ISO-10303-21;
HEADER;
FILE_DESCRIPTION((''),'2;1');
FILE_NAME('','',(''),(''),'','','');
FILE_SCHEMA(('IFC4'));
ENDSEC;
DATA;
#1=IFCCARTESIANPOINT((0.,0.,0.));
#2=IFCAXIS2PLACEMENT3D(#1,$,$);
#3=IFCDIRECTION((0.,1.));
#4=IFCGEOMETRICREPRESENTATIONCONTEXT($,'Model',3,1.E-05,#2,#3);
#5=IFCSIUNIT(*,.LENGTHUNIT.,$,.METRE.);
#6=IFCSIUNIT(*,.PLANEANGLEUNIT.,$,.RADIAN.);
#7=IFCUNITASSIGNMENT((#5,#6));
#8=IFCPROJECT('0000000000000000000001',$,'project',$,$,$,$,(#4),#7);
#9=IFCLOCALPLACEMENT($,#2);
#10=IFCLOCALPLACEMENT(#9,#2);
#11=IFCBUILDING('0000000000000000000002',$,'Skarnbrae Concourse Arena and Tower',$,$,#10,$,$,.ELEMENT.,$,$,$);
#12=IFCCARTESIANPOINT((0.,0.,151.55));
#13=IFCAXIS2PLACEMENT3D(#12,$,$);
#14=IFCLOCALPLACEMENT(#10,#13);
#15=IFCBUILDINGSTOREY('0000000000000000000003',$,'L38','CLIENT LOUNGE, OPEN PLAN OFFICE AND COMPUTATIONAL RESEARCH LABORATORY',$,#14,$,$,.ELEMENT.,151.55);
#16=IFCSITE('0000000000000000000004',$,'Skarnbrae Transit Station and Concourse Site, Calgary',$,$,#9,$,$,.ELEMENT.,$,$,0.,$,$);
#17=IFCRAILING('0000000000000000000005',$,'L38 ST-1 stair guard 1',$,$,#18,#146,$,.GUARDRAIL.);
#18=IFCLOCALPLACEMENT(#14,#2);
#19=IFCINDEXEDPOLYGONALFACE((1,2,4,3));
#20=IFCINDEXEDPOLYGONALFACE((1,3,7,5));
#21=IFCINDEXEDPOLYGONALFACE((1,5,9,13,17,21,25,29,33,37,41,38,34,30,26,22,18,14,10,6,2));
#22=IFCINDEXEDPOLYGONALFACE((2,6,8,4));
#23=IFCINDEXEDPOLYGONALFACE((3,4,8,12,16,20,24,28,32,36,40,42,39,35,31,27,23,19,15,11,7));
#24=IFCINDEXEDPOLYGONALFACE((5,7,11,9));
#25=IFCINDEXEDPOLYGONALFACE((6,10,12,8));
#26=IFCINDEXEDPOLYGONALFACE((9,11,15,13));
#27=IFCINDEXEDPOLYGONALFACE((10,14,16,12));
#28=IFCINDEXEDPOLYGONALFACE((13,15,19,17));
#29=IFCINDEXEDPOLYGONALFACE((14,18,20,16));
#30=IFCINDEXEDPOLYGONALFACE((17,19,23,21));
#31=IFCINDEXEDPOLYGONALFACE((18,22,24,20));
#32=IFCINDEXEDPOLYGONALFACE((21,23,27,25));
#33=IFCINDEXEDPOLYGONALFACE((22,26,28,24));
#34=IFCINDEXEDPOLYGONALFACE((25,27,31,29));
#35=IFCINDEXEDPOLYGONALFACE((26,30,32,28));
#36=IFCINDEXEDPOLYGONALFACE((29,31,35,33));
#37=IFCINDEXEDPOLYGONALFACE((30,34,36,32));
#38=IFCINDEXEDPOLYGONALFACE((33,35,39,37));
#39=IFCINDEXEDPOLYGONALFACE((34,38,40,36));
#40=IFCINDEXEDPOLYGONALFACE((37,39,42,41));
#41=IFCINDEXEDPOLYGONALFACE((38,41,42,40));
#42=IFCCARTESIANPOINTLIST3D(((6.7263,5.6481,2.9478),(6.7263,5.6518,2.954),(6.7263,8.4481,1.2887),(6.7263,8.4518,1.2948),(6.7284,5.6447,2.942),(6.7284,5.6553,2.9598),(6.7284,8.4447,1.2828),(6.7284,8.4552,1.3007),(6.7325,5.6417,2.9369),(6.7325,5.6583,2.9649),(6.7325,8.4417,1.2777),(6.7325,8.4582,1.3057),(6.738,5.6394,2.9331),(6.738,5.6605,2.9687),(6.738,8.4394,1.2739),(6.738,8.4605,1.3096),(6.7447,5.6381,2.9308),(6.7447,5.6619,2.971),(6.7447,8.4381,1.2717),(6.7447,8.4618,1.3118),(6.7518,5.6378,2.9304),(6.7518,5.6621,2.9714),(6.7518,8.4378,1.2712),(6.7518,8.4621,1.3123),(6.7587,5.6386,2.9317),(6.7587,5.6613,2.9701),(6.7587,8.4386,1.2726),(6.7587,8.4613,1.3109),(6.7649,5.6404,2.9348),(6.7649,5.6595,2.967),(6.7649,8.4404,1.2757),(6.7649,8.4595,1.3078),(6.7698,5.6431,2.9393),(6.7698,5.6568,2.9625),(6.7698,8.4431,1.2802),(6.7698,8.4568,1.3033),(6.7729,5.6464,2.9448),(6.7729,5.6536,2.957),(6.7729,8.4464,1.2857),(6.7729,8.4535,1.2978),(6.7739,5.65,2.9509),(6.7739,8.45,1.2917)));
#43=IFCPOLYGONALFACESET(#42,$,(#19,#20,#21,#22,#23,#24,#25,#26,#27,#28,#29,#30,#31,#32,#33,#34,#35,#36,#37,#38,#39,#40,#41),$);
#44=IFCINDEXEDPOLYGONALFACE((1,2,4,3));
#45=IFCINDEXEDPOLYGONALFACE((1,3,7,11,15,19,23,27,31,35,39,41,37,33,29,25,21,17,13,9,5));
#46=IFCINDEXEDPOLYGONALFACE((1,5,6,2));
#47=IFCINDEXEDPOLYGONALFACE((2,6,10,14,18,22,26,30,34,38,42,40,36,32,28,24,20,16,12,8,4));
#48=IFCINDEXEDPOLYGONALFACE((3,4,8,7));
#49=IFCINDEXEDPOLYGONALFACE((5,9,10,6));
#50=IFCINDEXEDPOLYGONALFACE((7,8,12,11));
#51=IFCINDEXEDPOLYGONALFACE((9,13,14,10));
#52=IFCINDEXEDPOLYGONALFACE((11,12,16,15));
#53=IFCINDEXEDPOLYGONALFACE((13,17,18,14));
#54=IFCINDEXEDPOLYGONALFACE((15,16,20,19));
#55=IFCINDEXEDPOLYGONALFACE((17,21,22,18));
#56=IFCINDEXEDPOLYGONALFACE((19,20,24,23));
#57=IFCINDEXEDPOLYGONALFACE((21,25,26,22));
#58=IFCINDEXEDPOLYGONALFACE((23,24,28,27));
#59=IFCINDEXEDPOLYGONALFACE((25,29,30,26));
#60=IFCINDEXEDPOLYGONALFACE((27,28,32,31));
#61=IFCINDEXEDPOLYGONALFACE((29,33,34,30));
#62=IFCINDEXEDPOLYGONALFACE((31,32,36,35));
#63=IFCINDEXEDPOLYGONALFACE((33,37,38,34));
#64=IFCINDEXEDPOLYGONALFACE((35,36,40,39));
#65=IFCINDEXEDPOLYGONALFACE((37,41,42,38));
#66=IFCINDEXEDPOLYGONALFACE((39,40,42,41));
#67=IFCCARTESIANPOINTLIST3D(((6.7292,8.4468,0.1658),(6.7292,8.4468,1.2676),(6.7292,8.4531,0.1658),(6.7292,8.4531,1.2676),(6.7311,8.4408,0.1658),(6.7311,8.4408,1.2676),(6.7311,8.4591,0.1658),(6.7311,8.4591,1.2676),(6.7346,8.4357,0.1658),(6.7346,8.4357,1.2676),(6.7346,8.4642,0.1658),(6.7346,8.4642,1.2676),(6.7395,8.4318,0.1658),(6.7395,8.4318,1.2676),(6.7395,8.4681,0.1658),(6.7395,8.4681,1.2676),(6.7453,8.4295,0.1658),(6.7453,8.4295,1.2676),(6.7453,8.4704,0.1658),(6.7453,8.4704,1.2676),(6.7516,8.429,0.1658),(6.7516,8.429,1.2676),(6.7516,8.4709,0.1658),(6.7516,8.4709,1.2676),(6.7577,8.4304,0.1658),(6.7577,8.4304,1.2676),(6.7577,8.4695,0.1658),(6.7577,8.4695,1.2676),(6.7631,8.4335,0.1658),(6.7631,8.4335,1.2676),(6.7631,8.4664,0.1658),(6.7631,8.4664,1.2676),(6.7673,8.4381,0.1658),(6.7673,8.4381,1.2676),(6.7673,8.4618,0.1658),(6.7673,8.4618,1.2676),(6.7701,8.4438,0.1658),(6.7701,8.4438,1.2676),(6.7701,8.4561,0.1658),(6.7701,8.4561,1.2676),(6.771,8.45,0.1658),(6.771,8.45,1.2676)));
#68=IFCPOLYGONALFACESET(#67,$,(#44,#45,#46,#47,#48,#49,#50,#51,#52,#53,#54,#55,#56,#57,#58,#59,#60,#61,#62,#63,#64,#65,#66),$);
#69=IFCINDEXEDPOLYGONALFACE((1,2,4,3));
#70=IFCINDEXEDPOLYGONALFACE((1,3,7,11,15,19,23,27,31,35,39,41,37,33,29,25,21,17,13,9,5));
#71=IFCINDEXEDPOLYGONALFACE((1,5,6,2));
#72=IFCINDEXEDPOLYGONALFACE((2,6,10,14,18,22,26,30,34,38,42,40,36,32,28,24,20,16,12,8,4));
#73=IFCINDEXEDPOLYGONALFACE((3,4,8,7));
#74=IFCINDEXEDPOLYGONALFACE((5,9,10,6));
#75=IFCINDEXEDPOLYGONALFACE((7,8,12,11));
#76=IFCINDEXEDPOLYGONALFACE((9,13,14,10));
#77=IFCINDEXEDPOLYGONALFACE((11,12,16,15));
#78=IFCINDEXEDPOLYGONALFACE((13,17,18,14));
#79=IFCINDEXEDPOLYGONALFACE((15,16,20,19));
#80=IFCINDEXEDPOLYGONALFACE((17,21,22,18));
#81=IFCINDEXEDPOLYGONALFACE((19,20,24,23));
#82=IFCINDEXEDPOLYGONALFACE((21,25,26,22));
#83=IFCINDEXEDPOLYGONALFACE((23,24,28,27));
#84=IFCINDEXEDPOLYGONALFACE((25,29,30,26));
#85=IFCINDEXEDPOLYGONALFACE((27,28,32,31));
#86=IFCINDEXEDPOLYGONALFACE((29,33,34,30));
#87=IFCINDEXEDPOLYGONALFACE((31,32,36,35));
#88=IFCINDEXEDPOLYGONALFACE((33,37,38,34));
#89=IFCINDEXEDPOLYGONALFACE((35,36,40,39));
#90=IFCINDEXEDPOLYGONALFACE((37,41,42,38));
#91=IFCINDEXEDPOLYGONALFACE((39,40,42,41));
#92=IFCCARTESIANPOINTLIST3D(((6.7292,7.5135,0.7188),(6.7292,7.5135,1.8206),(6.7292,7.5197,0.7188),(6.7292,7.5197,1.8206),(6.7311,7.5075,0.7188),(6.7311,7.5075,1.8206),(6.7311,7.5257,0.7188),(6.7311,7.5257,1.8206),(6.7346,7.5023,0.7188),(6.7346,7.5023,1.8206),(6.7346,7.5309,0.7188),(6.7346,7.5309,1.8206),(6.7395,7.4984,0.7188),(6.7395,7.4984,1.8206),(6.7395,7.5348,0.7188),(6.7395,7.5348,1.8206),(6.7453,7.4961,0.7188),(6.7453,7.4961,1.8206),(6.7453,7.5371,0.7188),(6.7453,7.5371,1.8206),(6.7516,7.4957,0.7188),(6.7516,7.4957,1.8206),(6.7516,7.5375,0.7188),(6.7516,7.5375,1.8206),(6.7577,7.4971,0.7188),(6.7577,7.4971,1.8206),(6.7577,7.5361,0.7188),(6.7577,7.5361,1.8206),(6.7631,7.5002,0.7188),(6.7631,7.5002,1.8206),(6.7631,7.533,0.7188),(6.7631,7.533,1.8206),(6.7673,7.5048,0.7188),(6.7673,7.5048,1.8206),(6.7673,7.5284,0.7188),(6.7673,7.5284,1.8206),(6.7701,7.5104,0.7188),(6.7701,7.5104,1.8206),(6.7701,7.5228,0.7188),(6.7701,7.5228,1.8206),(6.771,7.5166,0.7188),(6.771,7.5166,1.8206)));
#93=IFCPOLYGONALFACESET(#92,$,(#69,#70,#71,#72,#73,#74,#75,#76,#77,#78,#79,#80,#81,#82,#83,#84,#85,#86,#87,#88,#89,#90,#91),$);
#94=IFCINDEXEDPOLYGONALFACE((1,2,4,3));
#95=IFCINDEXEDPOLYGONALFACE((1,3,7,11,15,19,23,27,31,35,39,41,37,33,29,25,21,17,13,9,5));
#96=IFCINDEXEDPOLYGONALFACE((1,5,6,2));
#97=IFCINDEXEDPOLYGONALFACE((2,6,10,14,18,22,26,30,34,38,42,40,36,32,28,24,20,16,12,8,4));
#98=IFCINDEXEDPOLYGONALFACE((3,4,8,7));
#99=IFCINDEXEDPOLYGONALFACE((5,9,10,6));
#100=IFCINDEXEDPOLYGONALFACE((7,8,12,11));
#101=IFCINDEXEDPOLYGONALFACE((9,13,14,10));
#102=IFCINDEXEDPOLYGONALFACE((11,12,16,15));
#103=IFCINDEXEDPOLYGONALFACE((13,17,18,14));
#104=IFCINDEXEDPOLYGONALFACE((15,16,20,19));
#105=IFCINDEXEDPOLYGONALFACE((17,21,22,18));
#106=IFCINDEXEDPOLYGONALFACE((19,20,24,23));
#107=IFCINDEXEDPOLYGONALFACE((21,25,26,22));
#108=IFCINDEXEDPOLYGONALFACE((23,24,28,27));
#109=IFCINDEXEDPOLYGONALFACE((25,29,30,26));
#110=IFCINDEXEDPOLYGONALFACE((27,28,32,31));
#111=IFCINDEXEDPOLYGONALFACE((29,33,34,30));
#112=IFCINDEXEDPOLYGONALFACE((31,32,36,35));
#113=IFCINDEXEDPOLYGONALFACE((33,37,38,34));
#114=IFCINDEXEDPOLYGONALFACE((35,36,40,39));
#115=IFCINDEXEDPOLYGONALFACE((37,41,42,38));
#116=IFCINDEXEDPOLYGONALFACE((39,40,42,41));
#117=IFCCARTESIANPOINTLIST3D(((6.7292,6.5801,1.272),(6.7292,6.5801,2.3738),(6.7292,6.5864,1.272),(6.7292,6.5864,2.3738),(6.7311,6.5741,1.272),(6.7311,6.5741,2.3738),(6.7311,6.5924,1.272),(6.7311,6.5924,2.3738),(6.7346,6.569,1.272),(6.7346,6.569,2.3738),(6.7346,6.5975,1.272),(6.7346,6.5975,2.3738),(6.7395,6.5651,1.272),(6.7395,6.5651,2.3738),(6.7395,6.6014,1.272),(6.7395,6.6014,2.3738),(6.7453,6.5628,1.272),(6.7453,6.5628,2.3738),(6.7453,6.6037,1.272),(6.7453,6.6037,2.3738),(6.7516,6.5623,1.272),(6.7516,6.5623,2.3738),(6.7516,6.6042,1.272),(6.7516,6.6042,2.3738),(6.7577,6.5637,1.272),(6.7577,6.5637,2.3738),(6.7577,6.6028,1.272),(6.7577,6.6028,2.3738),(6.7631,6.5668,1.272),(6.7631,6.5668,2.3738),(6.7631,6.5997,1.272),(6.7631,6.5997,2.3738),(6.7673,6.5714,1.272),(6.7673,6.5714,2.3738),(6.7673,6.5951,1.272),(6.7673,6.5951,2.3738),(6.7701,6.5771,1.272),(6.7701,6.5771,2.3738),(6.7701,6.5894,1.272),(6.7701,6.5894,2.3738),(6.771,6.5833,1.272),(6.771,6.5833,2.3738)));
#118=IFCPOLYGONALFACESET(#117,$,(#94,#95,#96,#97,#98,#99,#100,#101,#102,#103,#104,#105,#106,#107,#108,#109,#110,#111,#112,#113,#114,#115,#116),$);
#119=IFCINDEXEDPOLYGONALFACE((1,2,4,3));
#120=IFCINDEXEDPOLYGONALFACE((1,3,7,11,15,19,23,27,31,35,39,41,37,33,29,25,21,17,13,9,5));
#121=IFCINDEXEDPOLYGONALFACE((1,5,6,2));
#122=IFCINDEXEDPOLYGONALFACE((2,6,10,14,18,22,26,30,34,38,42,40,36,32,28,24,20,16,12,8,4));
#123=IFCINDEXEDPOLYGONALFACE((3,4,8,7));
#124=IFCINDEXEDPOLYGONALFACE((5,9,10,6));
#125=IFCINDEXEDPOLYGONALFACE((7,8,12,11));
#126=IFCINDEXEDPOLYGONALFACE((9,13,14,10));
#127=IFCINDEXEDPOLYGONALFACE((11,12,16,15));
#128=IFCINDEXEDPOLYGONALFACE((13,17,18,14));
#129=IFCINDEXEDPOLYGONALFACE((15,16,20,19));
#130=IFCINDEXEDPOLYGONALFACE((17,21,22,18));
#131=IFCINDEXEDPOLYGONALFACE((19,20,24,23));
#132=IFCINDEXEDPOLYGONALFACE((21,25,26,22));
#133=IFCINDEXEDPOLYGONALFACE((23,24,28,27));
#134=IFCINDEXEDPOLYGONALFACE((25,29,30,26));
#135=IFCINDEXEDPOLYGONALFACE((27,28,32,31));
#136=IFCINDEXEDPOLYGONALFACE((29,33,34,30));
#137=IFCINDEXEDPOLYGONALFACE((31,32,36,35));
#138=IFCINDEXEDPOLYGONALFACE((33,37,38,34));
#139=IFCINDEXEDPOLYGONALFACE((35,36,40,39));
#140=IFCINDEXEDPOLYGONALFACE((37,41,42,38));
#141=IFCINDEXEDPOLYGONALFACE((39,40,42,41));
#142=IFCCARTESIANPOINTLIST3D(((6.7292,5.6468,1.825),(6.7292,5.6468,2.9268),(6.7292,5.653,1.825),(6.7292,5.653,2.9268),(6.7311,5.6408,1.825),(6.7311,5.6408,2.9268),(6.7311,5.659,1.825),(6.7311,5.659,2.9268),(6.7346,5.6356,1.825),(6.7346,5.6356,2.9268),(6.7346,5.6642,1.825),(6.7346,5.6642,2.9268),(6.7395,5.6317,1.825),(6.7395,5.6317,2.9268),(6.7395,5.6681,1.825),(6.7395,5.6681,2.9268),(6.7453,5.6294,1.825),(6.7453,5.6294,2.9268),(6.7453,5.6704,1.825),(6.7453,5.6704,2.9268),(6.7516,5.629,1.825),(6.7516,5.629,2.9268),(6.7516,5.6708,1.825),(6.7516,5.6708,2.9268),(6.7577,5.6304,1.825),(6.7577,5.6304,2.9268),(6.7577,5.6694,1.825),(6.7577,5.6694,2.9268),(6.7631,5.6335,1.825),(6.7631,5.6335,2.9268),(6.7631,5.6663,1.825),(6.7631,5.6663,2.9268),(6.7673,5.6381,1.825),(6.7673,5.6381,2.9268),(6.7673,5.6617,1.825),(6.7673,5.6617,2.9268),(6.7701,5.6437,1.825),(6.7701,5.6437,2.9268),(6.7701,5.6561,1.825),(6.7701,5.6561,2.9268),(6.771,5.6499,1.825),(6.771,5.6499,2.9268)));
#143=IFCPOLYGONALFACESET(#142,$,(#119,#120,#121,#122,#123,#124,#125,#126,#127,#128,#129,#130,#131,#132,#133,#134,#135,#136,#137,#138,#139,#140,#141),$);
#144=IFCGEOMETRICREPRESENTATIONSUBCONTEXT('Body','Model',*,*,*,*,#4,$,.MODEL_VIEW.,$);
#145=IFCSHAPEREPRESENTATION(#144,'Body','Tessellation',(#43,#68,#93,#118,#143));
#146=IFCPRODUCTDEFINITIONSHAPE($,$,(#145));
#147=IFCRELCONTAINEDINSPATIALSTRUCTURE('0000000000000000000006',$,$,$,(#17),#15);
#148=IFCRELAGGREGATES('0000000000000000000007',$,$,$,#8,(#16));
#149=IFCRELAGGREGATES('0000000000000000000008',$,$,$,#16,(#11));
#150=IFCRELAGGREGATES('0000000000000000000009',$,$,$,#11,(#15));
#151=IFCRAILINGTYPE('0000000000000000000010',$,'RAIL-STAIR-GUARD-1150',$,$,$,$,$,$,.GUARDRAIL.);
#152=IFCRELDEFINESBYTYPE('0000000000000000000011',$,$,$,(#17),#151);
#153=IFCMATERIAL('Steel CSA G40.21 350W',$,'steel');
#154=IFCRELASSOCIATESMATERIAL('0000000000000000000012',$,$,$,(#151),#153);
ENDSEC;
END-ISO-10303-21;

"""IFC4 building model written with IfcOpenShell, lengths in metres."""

from ifc_helpers import new_model, si_unit, direction, frame, origin, origin_2d, place, context, subcontext, project, spatial, circle, extrude, material, type_object, element, save


model = new_model("IFC4")

# Units and contexts
model_context = context("Model", 3, precision=1e-05, world=origin(), true_north=direction((0.0, 1.0)))
body_context = subcontext(model_context, "Body", "Model", "MODEL_VIEW")
ifc_project = project(units=[si_unit("LENGTHUNIT", "METRE"), si_unit("PLANEANGLEUNIT", "RADIAN")], contexts=[model_context])

# Site, building, storey
site_placement = place(None, origin())
site = spatial("IfcSite", under=ifc_project, at=site_placement, Name="Skarnbrae Transit Station and Concourse Site, Calgary", CompositionType="ELEMENT", RefElevation=0.0)
building_placement = place(site_placement, origin())
building = spatial("IfcBuilding", under=site, at=building_placement, Name="Skarnbrae Concourse Arena and Tower", CompositionType="ELEMENT")
storey_placement = place(building_placement, frame((0.0, 0.0, 151.55)))
storey = spatial("IfcBuildingStorey", under=building, at=storey_placement, Name="L38", Description="CLIENT LOUNGE, OPEN PLAN OFFICE AND COMPUTATIONAL RESEARCH LABORATORY", CompositionType="ELEMENT", Elevation=151.55)

# Railing
ifc_material_1 = material(Name="Steel CSA G40.21 350W", Category="steel")
railing_type_1 = type_object("IfcRailingType", Name="RAIL-STAIR-GUARD-1150", PredefinedType="GUARDRAIL", material=ifc_material_1)
railing_1_placement = place(storey_placement, frame((6.75, 8.45, 0.1658)))
element("IfcRailing", 1, at=railing_1_placement, inside=storey, type_object=railing_type_1, Name="L38 ST-1 stair guard 1", PredefinedType="GUARDRAIL", context=body_context, shape_type="SweptSolid", body=[
    extrude(circle(Radius=0.0239, at=origin_2d()), frame((0.0, 0.0, 1.126), z_axis=(0.0, -0.860306, 0.509778), x_axis=(1.0, 0.0, 0.0)), (0.0, 0.0, 1.0), 3.2546),
    extrude(circle(Radius=0.021, at=origin_2d()), origin(), (0.0, 0.0, 1.0), 1.1018),
    extrude(circle(Radius=0.021, at=origin_2d()), frame((0.0, -0.9333, 0.553)), (0.0, 0.0, 1.0), 1.1018),
    extrude(circle(Radius=0.021, at=origin_2d()), frame((0.0, -1.8667, 1.1062)), (0.0, 0.0, 1.0), 1.1018),
    extrude(circle(Radius=0.021, at=origin_2d()), frame((0.0, -2.8, 1.6592)), (0.0, 0.0, 1.0), 1.1018),
])

save(model, "model.ifc")
